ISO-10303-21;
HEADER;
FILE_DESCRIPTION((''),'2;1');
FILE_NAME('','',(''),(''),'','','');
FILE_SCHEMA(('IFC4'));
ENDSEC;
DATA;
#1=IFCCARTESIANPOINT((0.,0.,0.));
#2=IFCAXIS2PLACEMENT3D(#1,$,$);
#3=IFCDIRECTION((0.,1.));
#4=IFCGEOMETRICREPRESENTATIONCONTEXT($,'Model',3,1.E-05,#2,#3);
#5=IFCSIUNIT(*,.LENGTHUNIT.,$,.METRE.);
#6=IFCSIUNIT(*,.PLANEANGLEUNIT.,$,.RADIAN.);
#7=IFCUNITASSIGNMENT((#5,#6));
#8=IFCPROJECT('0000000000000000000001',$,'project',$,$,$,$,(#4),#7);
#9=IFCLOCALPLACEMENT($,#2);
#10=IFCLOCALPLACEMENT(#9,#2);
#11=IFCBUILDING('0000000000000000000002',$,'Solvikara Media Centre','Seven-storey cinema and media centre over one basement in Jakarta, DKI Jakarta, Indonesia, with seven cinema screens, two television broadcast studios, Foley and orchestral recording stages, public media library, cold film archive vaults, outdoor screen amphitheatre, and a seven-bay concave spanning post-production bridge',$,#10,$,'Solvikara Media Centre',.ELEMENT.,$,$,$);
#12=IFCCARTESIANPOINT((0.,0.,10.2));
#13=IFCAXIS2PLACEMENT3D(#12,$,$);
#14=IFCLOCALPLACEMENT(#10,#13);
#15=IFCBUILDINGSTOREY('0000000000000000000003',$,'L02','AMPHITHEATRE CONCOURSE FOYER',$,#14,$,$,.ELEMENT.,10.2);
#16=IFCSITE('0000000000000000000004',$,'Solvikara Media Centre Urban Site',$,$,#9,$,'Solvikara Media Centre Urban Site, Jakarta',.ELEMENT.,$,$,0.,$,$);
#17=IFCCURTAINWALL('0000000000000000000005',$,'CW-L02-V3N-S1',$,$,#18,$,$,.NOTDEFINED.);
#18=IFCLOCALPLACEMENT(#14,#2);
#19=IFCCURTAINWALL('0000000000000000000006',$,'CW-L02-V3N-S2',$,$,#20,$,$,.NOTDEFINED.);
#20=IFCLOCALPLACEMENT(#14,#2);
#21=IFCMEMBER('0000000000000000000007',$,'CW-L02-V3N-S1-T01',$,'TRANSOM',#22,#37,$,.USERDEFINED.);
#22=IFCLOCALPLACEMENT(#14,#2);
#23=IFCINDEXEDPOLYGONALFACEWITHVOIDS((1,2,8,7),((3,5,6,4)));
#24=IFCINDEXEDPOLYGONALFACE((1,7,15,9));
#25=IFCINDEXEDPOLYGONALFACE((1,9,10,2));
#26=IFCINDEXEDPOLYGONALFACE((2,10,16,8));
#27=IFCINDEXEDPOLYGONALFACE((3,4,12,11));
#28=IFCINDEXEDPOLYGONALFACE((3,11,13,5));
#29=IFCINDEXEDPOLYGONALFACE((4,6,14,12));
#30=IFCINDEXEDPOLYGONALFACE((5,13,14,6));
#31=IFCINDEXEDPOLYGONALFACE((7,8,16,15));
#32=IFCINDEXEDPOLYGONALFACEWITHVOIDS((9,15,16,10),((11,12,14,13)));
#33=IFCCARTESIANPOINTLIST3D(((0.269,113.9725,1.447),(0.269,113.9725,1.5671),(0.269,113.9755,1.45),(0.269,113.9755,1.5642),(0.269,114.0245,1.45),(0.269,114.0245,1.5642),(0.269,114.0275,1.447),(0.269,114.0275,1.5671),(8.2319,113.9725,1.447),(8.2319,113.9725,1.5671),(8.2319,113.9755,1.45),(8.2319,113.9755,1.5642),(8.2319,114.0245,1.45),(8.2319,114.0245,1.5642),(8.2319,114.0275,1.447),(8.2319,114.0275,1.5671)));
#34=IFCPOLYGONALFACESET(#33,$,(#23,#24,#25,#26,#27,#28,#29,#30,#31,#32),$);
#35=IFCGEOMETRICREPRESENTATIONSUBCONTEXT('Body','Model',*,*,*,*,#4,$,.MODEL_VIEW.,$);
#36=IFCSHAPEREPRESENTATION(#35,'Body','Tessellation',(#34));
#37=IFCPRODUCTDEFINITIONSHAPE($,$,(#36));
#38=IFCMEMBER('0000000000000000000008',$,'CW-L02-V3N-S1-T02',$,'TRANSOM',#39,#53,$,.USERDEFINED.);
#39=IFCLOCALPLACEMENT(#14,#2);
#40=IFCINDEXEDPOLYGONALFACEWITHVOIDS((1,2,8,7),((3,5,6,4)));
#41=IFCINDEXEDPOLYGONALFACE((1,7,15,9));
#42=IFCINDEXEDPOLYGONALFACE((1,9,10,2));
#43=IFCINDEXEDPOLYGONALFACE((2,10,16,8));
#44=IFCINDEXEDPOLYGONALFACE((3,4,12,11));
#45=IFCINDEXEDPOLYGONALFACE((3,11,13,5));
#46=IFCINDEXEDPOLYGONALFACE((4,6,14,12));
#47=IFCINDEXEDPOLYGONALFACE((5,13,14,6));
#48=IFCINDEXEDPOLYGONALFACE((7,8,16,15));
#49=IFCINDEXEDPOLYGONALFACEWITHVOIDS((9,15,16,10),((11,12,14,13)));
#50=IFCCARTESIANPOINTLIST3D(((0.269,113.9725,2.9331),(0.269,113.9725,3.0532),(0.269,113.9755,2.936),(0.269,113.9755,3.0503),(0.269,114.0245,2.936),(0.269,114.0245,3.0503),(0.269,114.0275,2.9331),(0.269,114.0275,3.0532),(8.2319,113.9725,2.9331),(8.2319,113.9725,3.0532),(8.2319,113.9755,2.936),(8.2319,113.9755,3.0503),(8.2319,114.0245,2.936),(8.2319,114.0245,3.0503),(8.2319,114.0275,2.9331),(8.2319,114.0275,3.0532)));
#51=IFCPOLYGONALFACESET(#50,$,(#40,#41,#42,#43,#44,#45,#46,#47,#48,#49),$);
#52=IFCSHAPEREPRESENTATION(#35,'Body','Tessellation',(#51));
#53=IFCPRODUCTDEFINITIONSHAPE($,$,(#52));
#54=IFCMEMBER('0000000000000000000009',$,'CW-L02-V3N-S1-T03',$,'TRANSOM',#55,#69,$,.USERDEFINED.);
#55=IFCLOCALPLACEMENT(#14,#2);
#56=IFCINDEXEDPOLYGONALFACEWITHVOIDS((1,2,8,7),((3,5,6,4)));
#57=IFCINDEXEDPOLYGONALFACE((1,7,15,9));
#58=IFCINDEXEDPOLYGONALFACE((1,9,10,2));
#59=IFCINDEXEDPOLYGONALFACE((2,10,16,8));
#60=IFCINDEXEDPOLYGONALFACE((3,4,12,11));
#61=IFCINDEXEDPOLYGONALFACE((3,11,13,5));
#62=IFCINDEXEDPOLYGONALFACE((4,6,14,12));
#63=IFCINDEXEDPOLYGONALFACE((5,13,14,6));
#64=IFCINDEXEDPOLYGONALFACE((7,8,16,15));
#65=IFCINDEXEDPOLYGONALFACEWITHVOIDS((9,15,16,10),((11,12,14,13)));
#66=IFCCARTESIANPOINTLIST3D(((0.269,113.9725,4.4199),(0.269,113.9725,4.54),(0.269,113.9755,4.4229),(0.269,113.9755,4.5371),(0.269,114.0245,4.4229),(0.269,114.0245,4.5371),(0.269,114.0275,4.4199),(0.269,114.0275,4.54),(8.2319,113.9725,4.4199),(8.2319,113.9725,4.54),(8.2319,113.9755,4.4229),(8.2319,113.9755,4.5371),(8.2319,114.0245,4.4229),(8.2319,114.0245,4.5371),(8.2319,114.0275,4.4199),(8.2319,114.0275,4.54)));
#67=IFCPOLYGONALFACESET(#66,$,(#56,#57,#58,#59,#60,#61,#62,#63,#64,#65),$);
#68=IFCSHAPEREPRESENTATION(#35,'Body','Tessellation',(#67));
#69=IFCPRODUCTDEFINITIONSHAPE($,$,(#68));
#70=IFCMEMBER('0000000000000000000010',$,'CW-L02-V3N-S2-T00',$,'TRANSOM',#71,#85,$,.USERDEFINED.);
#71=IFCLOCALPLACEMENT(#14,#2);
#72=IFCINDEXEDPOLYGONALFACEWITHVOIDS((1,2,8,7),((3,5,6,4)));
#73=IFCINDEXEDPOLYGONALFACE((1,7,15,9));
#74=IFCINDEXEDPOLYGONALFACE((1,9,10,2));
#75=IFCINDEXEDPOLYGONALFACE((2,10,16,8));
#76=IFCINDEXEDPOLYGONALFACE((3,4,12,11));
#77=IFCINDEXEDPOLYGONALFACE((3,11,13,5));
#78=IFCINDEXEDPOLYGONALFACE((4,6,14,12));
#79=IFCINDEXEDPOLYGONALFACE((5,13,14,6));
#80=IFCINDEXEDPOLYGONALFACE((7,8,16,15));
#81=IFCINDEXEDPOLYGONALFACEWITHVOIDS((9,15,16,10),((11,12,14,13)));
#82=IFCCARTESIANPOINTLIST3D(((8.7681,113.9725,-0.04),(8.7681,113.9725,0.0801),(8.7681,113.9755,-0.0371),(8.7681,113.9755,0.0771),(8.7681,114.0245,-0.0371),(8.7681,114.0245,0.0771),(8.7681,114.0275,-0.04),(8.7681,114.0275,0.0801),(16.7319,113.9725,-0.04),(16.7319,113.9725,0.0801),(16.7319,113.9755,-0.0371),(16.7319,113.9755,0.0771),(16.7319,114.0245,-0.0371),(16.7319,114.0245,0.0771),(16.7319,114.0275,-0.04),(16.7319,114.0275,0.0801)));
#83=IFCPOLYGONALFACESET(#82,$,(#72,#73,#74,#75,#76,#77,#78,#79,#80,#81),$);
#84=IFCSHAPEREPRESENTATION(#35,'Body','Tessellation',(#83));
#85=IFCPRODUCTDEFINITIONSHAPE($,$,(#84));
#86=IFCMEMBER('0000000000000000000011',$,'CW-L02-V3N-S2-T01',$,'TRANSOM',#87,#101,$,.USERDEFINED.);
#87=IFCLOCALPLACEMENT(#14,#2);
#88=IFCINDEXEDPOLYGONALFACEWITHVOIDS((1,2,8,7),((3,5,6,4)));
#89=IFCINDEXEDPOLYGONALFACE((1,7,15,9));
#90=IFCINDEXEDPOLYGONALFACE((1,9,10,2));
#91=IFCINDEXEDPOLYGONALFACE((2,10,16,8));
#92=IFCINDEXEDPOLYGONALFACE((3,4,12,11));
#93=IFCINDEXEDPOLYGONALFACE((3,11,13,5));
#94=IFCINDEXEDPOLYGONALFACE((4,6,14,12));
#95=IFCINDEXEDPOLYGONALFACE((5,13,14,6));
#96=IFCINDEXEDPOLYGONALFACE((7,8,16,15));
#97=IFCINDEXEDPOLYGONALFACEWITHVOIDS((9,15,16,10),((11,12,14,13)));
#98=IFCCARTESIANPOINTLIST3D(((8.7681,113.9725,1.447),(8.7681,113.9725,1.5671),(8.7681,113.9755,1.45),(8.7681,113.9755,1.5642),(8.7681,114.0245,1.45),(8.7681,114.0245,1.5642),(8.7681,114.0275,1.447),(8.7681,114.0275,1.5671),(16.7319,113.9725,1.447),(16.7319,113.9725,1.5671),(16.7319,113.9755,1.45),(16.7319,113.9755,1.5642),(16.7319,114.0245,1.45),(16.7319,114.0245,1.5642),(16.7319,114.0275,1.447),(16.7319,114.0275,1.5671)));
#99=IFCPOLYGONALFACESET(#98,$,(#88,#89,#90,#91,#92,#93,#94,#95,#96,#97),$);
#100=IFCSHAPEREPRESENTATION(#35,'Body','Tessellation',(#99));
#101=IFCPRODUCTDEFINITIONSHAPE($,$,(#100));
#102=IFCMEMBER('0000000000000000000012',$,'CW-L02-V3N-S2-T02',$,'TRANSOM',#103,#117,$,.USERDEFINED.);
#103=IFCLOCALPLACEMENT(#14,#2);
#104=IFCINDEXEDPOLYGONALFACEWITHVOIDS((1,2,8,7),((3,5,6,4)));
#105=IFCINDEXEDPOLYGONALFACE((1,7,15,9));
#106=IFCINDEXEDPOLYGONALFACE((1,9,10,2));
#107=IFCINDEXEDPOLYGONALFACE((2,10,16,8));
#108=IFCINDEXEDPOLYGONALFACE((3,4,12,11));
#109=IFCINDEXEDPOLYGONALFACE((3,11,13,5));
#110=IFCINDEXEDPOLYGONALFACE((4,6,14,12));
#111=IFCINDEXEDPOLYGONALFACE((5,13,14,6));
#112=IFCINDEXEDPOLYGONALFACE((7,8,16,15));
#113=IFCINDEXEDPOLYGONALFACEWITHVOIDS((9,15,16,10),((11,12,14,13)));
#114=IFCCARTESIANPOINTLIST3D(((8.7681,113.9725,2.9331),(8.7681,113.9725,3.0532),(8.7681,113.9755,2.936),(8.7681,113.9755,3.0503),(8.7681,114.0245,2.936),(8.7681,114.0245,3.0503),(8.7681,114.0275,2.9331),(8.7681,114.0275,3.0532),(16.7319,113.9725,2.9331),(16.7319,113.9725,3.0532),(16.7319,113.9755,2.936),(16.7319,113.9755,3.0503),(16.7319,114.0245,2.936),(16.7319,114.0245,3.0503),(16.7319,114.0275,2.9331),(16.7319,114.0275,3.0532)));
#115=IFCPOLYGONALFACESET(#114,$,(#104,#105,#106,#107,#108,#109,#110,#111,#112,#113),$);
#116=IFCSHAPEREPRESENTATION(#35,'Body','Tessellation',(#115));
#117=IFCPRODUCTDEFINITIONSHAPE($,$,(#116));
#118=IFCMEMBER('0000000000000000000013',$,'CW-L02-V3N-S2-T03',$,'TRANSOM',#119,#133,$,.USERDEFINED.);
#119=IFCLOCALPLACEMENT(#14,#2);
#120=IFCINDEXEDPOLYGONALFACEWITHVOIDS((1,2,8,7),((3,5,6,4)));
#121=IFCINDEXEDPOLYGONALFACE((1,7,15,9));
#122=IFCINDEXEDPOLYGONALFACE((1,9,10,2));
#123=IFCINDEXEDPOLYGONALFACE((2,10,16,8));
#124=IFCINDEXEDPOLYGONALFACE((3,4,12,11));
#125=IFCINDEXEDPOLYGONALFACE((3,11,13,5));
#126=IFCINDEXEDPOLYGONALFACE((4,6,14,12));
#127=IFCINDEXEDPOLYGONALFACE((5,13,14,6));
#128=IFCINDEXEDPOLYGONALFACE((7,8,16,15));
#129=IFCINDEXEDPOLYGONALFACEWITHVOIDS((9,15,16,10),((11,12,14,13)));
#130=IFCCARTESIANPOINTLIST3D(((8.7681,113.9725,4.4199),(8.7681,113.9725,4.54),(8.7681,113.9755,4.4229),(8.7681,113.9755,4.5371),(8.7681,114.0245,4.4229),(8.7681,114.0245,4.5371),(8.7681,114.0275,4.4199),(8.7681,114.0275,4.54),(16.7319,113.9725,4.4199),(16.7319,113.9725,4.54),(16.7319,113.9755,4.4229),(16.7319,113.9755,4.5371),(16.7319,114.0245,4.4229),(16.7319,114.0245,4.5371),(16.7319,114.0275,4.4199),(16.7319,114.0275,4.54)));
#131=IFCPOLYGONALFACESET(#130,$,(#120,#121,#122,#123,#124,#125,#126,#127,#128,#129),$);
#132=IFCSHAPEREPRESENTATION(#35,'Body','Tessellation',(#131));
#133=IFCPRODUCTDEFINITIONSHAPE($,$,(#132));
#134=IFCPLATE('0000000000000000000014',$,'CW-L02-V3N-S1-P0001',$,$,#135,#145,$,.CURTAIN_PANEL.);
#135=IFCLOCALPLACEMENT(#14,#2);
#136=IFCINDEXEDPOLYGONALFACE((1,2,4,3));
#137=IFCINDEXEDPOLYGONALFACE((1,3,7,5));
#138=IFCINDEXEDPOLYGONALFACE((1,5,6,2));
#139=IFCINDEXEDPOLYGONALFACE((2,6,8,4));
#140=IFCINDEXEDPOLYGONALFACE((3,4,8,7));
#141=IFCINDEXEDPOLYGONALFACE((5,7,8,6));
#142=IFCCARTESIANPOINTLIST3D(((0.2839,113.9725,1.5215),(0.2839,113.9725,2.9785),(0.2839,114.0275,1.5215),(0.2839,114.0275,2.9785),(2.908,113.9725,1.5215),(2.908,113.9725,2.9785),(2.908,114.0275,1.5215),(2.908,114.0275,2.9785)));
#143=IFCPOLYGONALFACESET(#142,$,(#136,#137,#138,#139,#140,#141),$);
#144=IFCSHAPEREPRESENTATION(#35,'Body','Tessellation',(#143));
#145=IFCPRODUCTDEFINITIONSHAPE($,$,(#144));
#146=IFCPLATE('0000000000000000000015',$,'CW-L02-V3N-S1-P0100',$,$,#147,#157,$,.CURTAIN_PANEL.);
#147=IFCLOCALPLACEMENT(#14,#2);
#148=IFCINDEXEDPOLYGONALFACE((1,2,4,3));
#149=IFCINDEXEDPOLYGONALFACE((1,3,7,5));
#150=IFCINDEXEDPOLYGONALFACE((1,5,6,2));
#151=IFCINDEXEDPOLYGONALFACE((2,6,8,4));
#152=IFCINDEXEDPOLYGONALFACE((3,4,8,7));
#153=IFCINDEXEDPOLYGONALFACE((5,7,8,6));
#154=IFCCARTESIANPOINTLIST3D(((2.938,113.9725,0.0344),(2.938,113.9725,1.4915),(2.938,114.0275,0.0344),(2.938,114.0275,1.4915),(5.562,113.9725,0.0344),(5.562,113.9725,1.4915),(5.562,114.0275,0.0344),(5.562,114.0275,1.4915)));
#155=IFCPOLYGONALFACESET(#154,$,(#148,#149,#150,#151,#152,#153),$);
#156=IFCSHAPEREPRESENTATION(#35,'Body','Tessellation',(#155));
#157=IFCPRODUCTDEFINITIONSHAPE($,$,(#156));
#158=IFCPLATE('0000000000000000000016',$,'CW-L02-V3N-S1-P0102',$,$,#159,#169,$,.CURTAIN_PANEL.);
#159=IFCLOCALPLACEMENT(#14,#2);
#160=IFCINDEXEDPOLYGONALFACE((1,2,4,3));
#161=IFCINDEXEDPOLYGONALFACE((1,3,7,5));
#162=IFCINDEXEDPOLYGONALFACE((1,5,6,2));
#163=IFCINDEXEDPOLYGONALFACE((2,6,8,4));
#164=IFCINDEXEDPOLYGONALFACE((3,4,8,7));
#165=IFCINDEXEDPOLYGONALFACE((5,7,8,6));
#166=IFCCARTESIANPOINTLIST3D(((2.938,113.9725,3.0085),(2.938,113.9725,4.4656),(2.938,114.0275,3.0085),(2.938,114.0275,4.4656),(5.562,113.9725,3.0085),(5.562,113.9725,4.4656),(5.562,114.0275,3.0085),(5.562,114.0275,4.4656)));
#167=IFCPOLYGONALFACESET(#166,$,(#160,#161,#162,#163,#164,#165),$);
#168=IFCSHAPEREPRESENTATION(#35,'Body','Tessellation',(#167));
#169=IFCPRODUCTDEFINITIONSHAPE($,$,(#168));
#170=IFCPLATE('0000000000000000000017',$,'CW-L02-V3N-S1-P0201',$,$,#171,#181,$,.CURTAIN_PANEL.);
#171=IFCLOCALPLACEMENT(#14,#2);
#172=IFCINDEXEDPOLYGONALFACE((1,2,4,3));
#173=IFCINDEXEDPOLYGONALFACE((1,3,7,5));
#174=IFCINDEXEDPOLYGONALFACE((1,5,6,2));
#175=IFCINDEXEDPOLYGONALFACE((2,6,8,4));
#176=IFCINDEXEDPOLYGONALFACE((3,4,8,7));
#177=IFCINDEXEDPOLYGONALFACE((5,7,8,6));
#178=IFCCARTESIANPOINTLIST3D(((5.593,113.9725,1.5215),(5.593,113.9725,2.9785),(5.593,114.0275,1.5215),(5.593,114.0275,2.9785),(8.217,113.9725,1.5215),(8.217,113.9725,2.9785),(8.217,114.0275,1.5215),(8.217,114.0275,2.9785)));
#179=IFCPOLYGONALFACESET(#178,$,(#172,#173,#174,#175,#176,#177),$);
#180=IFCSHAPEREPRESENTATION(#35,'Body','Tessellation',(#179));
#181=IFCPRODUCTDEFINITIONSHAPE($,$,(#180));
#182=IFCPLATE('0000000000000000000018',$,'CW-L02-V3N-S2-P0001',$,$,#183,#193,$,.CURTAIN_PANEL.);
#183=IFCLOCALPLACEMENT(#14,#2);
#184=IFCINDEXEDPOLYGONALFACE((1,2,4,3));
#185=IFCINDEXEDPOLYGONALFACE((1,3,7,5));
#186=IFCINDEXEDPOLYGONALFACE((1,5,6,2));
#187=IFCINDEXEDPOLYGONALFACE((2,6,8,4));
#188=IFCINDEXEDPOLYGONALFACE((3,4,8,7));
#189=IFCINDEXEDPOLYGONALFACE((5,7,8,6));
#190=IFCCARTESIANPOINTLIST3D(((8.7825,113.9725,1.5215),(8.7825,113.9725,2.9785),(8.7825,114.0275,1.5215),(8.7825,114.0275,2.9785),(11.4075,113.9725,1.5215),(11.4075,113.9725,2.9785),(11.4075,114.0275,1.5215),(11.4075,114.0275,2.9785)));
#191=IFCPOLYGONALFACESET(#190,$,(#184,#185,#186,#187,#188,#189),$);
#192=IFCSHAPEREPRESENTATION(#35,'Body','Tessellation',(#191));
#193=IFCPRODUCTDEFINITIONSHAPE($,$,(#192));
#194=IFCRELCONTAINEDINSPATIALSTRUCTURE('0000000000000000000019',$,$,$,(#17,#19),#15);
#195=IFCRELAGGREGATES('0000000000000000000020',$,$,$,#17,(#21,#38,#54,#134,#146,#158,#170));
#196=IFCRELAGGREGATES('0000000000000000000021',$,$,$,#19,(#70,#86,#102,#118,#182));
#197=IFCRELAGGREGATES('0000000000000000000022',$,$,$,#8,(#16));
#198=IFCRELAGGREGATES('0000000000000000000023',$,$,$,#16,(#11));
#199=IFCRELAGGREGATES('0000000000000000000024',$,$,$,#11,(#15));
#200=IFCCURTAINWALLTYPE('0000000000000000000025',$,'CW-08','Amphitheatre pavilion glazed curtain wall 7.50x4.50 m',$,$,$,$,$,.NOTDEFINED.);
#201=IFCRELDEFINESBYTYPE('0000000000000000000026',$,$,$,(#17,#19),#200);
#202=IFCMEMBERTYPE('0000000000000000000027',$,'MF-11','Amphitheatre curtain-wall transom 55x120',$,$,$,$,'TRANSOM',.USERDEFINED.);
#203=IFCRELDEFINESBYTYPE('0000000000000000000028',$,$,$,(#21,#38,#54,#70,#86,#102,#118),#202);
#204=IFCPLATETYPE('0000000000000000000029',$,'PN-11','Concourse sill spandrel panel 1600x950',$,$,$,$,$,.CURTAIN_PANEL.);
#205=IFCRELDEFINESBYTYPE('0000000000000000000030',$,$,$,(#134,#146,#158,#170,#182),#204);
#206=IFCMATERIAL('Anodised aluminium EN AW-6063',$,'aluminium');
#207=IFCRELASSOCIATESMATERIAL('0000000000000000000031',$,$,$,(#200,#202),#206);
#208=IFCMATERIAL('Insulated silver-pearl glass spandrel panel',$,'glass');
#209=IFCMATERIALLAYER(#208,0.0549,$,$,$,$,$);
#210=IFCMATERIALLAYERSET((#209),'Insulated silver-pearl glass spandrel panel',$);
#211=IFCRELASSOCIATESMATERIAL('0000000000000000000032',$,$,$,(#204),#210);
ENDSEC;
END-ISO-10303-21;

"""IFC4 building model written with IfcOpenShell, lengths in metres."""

from ifc_helpers import new_model, si_unit, direction, frame, origin, origin_2d, place, context, subcontext, project, spatial, rectangle, hollow_rectangle, extrude, material, layer, layer_set, material_profile, profile_set, type_object, element, aggregate, save


model = new_model("IFC4")

# Units and contexts
model_context = context("Model", 3, precision=1e-05, world=origin(), true_north=direction((0.0, 1.0)))
body_context = subcontext(model_context, "Body", "Model", "MODEL_VIEW")
ifc_project = project(units=[si_unit("LENGTHUNIT", "METRE"), si_unit("PLANEANGLEUNIT", "RADIAN")], contexts=[model_context])

# Site, building, storey
site_placement = place(None, origin())
site = spatial("IfcSite", under=ifc_project, at=site_placement, Name="Solvikara Media Centre Urban Site", LongName="Solvikara Media Centre Urban Site, Jakarta", CompositionType="ELEMENT", RefElevation=0.0)
building_placement = place(site_placement, origin())
building = spatial("IfcBuilding", under=site, at=building_placement, Name="Solvikara Media Centre", Description="Seven-storey cinema and media centre over one basement in Jakarta, DKI Jakarta, Indonesia, with seven cinema screens, two television broadcast studios, Foley and orchestral recording stages, public media library, cold film archive vaults, outdoor screen amphitheatre, and a seven-bay concave spanning post-production bridge", LongName="Solvikara Media Centre", CompositionType="ELEMENT")
storey_placement = place(building_placement, frame((0.0, 0.0, 10.2)))
storey = spatial("IfcBuildingStorey", under=building, at=storey_placement, Name="L02", Description="AMPHITHEATRE CONCOURSE FOYER", CompositionType="ELEMENT", Elevation=10.2)

# Curtain walls
ifc_material_1 = material(Name="Anodised aluminium EN AW-6063", Category="aluminium")
curtain_wall_type = type_object("IfcCurtainWallType", Name="CW-08", Description="Amphitheatre pavilion glazed curtain wall 7.50x4.50 m", PredefinedType="NOTDEFINED", material=ifc_material_1)
curtain_wall_1_placement = place(storey_placement, origin())
curtain_wall_1 = element("IfcCurtainWall", 1, at=curtain_wall_1_placement, inside=storey, type_object=curtain_wall_type, Name="CW-L02-V3N-S1", PredefinedType="NOTDEFINED")
curtain_wall_2_placement = place(storey_placement, origin())
curtain_wall_2 = element("IfcCurtainWall", 2, at=curtain_wall_2_placement, inside=storey, type_object=curtain_wall_type, Name="CW-L02-V3N-S2", PredefinedType="NOTDEFINED")

# Members
ifc_material_profile_1 = material_profile(ifc_material_1, hollow_rectangle(XDim=0.0549, YDim=0.1201, WallThickness=0.0029, at=origin_2d()), Name="ALU-T 55x120x3")
ifc_profile_set_1 = profile_set([ifc_material_profile_1], Name="Anodised aluminium EN AW-6063")
member_type_1 = type_object("IfcMemberType", Name="MF-11", Description="Amphitheatre curtain-wall transom 55x120", ElementType="TRANSOM", PredefinedType="USERDEFINED", material=ifc_profile_set_1)
member_1_placement = place(storey_placement, frame((0.269, 114.0, 1.5071), z_axis=(1.0, 0.0, 0.0), x_axis=(0.0, 1.0, 0.0)))
member_1 = element("IfcMember", 3, at=member_1_placement, type_object=member_type_1, Name="CW-L02-V3N-S1-T01", ObjectType="TRANSOM", PredefinedType="USERDEFINED", context=body_context, shape_type="SweptSolid", body=[
    extrude(hollow_rectangle(XDim=0.0549, YDim=0.1201, WallThickness=0.0029, at=origin_2d()), origin(), (0.0, 0.0, 1.0), 7.9629),
])
member_2_placement = place(storey_placement, frame((0.269, 114.0, 2.9932), z_axis=(1.0, 0.0, 0.0), x_axis=(0.0, 1.0, 0.0)))
member_2 = element("IfcMember", 4, at=member_2_placement, type_object=member_type_1, Name="CW-L02-V3N-S1-T02", ObjectType="TRANSOM", PredefinedType="USERDEFINED", context=body_context, shape_type="SweptSolid", body=[
    extrude(hollow_rectangle(XDim=0.0549, YDim=0.1201, WallThickness=0.0029, at=origin_2d()), origin(), (0.0, 0.0, 1.0), 7.9629),
])
member_3_placement = place(storey_placement, frame((0.269, 114.0, 4.48), z_axis=(1.0, 0.0, 0.0), x_axis=(0.0, 1.0, 0.0)))
member_3 = element("IfcMember", 5, at=member_3_placement, type_object=member_type_1, Name="CW-L02-V3N-S1-T03", ObjectType="TRANSOM", PredefinedType="USERDEFINED", context=body_context, shape_type="SweptSolid", body=[
    extrude(hollow_rectangle(XDim=0.0549, YDim=0.1201, WallThickness=0.0029, at=origin_2d()), origin(), (0.0, 0.0, 1.0), 7.9629),
])
member_4_placement = place(storey_placement, frame((8.7681, 114.0, 0.02), z_axis=(1.0, 0.0, 0.0), x_axis=(0.0, 1.0, 0.0)))
member_4 = element("IfcMember", 6, at=member_4_placement, type_object=member_type_1, Name="CW-L02-V3N-S2-T00", ObjectType="TRANSOM", PredefinedType="USERDEFINED", context=body_context, shape_type="SweptSolid", body=[
    extrude(hollow_rectangle(XDim=0.0549, YDim=0.1201, WallThickness=0.0029, at=origin_2d()), origin(), (0.0, 0.0, 1.0), 7.9639),
])
member_5_placement = place(storey_placement, frame((8.7681, 114.0, 1.5071), z_axis=(1.0, 0.0, 0.0), x_axis=(0.0, 1.0, 0.0)))
member_5 = element("IfcMember", 7, at=member_5_placement, type_object=member_type_1, Name="CW-L02-V3N-S2-T01", ObjectType="TRANSOM", PredefinedType="USERDEFINED", context=body_context, shape_type="SweptSolid", body=[
    extrude(hollow_rectangle(XDim=0.0549, YDim=0.1201, WallThickness=0.0029, at=origin_2d()), origin(), (0.0, 0.0, 1.0), 7.9639),
])
member_6_placement = place(storey_placement, frame((8.7681, 114.0, 2.9932), z_axis=(1.0, 0.0, 0.0), x_axis=(0.0, 1.0, 0.0)))
member_6 = element("IfcMember", 8, at=member_6_placement, type_object=member_type_1, Name="CW-L02-V3N-S2-T02", ObjectType="TRANSOM", PredefinedType="USERDEFINED", context=body_context, shape_type="SweptSolid", body=[
    extrude(hollow_rectangle(XDim=0.0549, YDim=0.1201, WallThickness=0.0029, at=origin_2d()), origin(), (0.0, 0.0, 1.0), 7.9639),
])
member_7_placement = place(storey_placement, frame((8.7681, 114.0, 4.48), z_axis=(1.0, 0.0, 0.0), x_axis=(0.0, 1.0, 0.0)))
member_7 = element("IfcMember", 9, at=member_7_placement, type_object=member_type_1, Name="CW-L02-V3N-S2-T03", ObjectType="TRANSOM", PredefinedType="USERDEFINED", context=body_context, shape_type="SweptSolid", body=[
    extrude(hollow_rectangle(XDim=0.0549, YDim=0.1201, WallThickness=0.0029, at=origin_2d()), origin(), (0.0, 0.0, 1.0), 7.9639),
])

# Plates
ifc_material_2 = material(Name="Insulated silver-pearl glass spandrel panel", Category="glass")
ifc_layer_1 = layer(ifc_material_2, 0.0549)
ifc_layer_set_1 = layer_set([ifc_layer_1], Name="Insulated silver-pearl glass spandrel panel")
plate_type_1 = type_object("IfcPlateType", Name="PN-11", Description="Concourse sill spandrel panel 1600x950", PredefinedType="CURTAIN_PANEL", material=ifc_layer_set_1)
plate_1_placement = place(storey_placement, frame((1.5959, 114.0, 1.5215), z_axis=(0.0, 0.0, 1.0), x_axis=(1.0, 0.0, 0.0)))
plate_1 = element("IfcPlate", 10, at=plate_1_placement, type_object=plate_type_1, Name="CW-L02-V3N-S1-P0001", PredefinedType="CURTAIN_PANEL", context=body_context, shape_type="SweptSolid", body=[
    extrude(rectangle(XDim=2.624, YDim=0.0549, at=origin_2d()), origin(), (0.0, 0.0, 1.0), 1.457),
])
plate_2_placement = place(storey_placement, frame((4.25, 114.0, 0.0344), z_axis=(0.0, 0.0, 1.0), x_axis=(1.0, 0.0, 0.0)))
plate_2 = element("IfcPlate", 11, at=plate_2_placement, type_object=plate_type_1, Name="CW-L02-V3N-S1-P0100", PredefinedType="CURTAIN_PANEL", context=body_context, shape_type="SweptSolid", body=[
    extrude(rectangle(XDim=2.624, YDim=0.0549, at=origin_2d()), origin(), (0.0, 0.0, 1.0), 1.457),
])
plate_3_placement = place(storey_placement, frame((4.25, 114.0, 3.0085), z_axis=(0.0, 0.0, 1.0), x_axis=(1.0, 0.0, 0.0)))
plate_3 = element("IfcPlate", 12, at=plate_3_placement, type_object=plate_type_1, Name="CW-L02-V3N-S1-P0102", PredefinedType="CURTAIN_PANEL", context=body_context, shape_type="SweptSolid", body=[
    extrude(rectangle(XDim=2.624, YDim=0.0549, at=origin_2d()), origin(), (0.0, 0.0, 1.0), 1.457),
])
plate_4_placement = place(storey_placement, frame((6.905, 114.0, 1.5215), z_axis=(0.0, 0.0, 1.0), x_axis=(1.0, 0.0, 0.0)))
plate_4 = element("IfcPlate", 13, at=plate_4_placement, type_object=plate_type_1, Name="CW-L02-V3N-S1-P0201", PredefinedType="CURTAIN_PANEL", context=body_context, shape_type="SweptSolid", body=[
    extrude(rectangle(XDim=2.624, YDim=0.0549, at=origin_2d()), origin(), (0.0, 0.0, 1.0), 1.457),
])
plate_5_placement = place(storey_placement, frame((10.095, 114.0, 1.5215), z_axis=(0.0, 0.0, 1.0), x_axis=(1.0, 0.0, 0.0)))
plate_5 = element("IfcPlate", 14, at=plate_5_placement, type_object=plate_type_1, Name="CW-L02-V3N-S2-P0001", PredefinedType="CURTAIN_PANEL", context=body_context, shape_type="SweptSolid", body=[
    extrude(rectangle(XDim=2.625, YDim=0.0549, at=origin_2d()), origin(), (0.0, 0.0, 1.0), 1.457),
])
aggregate(curtain_wall_1, [member_1, member_2, member_3, plate_1, plate_2, plate_3, plate_4])
aggregate(curtain_wall_2, [member_4, member_5, member_6, member_7, plate_5])

save(model, "model.ifc")
